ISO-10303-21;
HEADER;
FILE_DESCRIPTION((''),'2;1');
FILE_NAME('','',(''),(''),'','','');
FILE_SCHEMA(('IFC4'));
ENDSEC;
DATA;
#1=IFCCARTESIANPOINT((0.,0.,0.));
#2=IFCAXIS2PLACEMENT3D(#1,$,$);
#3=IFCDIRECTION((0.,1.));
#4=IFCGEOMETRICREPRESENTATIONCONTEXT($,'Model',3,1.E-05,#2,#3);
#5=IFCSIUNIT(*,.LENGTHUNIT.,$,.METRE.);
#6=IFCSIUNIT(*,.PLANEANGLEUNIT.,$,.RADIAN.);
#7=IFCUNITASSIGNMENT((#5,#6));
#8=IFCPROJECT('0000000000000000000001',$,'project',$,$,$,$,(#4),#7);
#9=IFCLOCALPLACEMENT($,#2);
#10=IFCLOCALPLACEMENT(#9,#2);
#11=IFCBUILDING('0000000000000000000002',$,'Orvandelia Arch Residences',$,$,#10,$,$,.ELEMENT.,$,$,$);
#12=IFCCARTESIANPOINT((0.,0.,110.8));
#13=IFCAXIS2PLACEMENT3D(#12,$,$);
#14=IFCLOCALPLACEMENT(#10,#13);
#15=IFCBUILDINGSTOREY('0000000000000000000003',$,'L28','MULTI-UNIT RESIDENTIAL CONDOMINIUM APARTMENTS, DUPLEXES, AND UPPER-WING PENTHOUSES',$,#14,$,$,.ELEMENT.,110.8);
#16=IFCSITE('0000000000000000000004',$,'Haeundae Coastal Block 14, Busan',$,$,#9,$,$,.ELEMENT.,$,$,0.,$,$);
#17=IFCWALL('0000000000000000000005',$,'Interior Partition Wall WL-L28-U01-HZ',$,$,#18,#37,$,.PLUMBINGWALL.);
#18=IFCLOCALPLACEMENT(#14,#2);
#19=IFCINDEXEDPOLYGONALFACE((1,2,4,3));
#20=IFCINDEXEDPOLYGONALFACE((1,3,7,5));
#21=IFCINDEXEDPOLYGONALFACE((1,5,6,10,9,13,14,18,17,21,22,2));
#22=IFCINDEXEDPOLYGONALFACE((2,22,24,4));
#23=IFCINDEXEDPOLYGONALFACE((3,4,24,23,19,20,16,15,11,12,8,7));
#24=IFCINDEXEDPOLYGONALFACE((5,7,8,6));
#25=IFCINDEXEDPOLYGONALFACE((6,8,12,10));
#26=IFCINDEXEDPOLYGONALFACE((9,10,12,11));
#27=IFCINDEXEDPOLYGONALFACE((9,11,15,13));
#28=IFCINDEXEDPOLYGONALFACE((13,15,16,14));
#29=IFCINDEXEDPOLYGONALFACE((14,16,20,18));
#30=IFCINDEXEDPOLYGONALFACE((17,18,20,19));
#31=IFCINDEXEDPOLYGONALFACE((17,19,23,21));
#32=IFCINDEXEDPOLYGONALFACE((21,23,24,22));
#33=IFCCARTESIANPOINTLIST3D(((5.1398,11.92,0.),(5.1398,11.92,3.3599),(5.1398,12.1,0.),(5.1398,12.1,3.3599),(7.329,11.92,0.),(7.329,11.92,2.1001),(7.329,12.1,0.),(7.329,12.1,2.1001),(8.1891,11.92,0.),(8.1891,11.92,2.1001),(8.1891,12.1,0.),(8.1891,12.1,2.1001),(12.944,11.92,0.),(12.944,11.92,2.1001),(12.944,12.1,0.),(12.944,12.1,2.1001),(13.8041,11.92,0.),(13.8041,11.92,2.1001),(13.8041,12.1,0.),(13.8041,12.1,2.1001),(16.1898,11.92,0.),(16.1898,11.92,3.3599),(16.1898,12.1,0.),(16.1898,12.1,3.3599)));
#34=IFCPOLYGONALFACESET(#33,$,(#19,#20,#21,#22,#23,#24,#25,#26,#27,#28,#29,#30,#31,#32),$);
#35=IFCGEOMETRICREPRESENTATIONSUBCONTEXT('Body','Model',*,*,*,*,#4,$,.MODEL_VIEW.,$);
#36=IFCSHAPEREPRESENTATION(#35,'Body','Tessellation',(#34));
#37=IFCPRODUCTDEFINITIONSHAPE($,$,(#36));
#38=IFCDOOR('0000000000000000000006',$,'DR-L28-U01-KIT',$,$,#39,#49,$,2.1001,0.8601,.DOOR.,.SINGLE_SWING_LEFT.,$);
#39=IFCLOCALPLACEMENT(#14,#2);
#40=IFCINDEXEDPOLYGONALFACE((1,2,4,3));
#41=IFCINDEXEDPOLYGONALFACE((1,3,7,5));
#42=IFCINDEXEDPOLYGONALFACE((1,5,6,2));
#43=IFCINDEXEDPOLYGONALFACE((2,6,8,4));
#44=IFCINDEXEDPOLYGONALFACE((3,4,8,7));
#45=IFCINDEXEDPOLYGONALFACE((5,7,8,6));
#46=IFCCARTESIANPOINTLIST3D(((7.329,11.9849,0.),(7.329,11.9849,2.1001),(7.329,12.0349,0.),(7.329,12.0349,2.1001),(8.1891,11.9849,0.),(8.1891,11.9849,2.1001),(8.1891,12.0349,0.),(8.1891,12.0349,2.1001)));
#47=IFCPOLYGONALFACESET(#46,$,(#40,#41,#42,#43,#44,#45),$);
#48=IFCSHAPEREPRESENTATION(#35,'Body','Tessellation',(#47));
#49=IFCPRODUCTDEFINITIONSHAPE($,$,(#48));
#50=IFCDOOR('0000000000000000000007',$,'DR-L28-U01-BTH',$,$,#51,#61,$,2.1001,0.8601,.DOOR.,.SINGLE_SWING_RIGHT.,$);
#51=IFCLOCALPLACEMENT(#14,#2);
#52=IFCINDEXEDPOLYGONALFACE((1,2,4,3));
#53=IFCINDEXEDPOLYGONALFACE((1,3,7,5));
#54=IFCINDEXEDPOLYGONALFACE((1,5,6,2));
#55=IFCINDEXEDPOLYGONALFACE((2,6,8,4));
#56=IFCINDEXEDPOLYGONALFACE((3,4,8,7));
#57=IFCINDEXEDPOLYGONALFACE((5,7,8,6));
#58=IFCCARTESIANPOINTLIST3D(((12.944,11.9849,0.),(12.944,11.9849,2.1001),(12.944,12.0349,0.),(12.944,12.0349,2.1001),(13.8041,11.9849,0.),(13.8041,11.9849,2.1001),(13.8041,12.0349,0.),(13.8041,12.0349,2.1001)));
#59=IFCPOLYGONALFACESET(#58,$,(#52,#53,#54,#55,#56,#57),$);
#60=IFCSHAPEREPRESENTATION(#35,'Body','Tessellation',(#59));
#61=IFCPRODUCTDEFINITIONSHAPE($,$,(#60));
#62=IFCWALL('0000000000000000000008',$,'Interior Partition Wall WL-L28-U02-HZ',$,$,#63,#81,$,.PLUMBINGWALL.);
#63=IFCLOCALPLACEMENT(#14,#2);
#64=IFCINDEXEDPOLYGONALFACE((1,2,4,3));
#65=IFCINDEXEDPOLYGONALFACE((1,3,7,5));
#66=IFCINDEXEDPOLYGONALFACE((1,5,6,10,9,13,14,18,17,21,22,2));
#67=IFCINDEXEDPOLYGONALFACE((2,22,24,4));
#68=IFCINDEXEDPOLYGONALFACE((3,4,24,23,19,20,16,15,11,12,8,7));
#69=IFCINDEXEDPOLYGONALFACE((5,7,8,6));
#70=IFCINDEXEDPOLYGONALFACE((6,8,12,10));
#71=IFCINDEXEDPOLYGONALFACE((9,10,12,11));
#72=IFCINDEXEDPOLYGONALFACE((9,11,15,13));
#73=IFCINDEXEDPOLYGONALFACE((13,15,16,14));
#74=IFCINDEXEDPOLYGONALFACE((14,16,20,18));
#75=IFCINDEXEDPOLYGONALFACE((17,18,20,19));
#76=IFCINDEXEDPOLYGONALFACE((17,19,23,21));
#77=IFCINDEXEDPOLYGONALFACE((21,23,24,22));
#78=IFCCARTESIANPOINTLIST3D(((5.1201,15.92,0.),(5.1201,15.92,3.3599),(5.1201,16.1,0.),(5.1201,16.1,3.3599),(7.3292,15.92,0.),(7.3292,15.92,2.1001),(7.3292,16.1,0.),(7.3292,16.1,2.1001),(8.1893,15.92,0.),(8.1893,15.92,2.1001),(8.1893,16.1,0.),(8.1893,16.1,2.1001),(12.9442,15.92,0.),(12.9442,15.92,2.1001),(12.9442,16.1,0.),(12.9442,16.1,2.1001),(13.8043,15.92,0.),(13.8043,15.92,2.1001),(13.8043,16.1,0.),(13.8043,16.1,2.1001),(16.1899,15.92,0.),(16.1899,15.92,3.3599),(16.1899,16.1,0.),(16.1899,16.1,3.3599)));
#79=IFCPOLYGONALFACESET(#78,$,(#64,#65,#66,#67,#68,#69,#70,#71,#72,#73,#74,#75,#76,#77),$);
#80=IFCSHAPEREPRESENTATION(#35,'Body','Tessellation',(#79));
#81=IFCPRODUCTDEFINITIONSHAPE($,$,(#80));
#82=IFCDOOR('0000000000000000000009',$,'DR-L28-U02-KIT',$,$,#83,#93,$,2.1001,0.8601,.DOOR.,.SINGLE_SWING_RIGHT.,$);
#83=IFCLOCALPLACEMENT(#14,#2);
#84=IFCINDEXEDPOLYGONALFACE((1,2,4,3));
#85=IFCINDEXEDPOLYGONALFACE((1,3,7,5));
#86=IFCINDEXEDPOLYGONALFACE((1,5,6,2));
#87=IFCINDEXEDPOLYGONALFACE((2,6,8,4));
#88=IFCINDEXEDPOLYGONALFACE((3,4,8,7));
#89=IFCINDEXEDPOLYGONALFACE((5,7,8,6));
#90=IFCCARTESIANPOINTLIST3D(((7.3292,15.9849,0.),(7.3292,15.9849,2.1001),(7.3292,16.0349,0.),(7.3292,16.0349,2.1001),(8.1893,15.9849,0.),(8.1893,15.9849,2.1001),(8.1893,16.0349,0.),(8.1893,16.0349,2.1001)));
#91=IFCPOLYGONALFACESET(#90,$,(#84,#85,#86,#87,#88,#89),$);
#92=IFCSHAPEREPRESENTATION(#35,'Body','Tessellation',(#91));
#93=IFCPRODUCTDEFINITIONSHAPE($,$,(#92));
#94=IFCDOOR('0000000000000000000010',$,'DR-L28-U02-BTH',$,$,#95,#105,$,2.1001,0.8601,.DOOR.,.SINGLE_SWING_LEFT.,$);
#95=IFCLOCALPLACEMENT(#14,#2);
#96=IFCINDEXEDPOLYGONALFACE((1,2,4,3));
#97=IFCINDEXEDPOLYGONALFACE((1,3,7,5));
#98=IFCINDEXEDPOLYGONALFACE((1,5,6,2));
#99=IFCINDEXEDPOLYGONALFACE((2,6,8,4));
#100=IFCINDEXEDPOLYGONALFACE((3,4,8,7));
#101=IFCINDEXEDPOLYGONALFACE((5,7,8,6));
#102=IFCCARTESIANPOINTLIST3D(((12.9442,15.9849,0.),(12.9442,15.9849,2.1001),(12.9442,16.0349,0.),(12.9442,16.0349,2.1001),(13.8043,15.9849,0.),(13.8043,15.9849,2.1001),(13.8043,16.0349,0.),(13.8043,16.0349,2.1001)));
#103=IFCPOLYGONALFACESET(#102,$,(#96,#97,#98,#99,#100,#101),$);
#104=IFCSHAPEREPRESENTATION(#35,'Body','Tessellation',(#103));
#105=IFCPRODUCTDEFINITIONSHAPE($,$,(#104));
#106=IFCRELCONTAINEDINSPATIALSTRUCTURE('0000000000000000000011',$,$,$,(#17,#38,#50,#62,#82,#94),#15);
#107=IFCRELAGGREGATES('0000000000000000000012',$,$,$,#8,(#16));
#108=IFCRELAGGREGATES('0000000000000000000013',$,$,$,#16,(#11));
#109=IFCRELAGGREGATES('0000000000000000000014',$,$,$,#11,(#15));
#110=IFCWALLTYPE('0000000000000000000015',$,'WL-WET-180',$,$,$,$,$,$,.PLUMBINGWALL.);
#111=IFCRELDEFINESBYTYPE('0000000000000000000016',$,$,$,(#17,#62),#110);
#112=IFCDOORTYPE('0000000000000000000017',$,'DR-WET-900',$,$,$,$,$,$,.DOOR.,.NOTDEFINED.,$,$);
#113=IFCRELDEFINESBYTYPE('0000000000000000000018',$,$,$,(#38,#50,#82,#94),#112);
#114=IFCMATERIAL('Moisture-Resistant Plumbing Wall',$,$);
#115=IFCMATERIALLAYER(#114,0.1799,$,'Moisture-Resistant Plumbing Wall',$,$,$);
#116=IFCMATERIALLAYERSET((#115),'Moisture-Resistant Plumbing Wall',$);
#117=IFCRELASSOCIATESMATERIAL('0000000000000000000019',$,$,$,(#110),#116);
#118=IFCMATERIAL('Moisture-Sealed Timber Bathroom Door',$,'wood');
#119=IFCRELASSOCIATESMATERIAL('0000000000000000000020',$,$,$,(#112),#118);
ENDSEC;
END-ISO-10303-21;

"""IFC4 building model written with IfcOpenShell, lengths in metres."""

from ifc_helpers import new_model, si_unit, direction, frame, frame_2d, origin, place, context, subcontext, project, spatial, rectangle, extrude, material, layer, layer_set, type_object, element, fill, save


model = new_model("IFC4")

# Units and contexts
model_context = context("Model", 3, precision=1e-05, world=origin(), true_north=direction((0.0, 1.0)))
body_context = subcontext(model_context, "Body", "Model", "MODEL_VIEW")
ifc_project = project(units=[si_unit("LENGTHUNIT", "METRE"), si_unit("PLANEANGLEUNIT", "RADIAN")], contexts=[model_context])

# Site, building, storey
site_placement = place(None, origin())
site = spatial("IfcSite", under=ifc_project, at=site_placement, Name="Haeundae Coastal Block 14, Busan", CompositionType="ELEMENT", RefElevation=0.0)
building_placement = place(site_placement, origin())
building = spatial("IfcBuilding", under=site, at=building_placement, Name="Orvandelia Arch Residences", CompositionType="ELEMENT")
storey_placement = place(building_placement, frame((0.0, 0.0, 110.8)))
storey = spatial("IfcBuildingStorey", under=building, at=storey_placement, Name="L28", Description="MULTI-UNIT RESIDENTIAL CONDOMINIUM APARTMENTS, DUPLEXES, AND UPPER-WING PENTHOUSES", CompositionType="ELEMENT", Elevation=110.8)

# Walls, openings, doors
ifc_material_1 = material(Name="Moisture-Resistant Plumbing Wall")
ifc_layer_1 = layer(ifc_material_1, 0.1799, Name="Moisture-Resistant Plumbing Wall")
ifc_layer_set_1 = layer_set([ifc_layer_1], Name="Moisture-Resistant Plumbing Wall")
wall_type_1 = type_object("IfcWallType", Name="WL-WET-180", PredefinedType="PLUMBINGWALL", material=ifc_layer_set_1)
wall_1_placement = place(storey_placement, frame((5.1399, 12.01, 0.0), z_axis=(0.0, 0.0, 1.0), x_axis=(1.0, 0.0, 0.0)))
wall_1 = element("IfcWall", 1, at=wall_1_placement, inside=storey, type_object=wall_type_1, Name="Interior Partition Wall WL-L28-U01-HZ", PredefinedType="PLUMBINGWALL", context=body_context, shape_type="SweptSolid", body=[
    extrude(rectangle(XDim=11.05, YDim=0.1799, at=frame_2d((5.5249, 0.0))), origin(), (0.0, 0.0, 1.0), 3.3599),
])
opening_1_placement = place(wall_1_placement, frame((2.189, 0.0, 0.0)))
opening_1 = element("IfcOpeningElement", 2, at=opening_1_placement, cuts=wall_1, PredefinedType="OPENING", context=body_context, shape_type="SweptSolid", body=[
    extrude(rectangle(XDim=0.8601, YDim=2.1001, at=frame_2d((0.4302, 1.05))), frame((0.0, 0.1001, 0.0), z_axis=(0.0, -1.0, 0.0), x_axis=(1.0, 0.0, 0.0)), (0.0, 0.0, 1.0), 0.2),
])
opening_2_placement = place(wall_1_placement, frame((7.804, 0.0, 0.0)))
opening_2 = element("IfcOpeningElement", 3, at=opening_2_placement, cuts=wall_1, PredefinedType="OPENING", context=body_context, shape_type="SweptSolid", body=[
    extrude(rectangle(XDim=0.8601, YDim=2.1001, at=frame_2d((0.4302, 1.05))), frame((0.0, 0.1001, 0.0), z_axis=(0.0, -1.0, 0.0), x_axis=(1.0, 0.0, 0.0)), (0.0, 0.0, 1.0), 0.2),
])
ifc_material_2 = material(Name="Moisture-Sealed Timber Bathroom Door", Category="wood")
door_type_1 = type_object("IfcDoorType", Name="DR-WET-900", OperationType="NOTDEFINED", PredefinedType="DOOR", material=ifc_material_2)
door_1_placement = place(opening_1_placement, origin())
door_1 = element("IfcDoor", 4, at=door_1_placement, inside=storey, type_object=door_type_1, Name="DR-L28-U01-KIT", OperationType="SINGLE_SWING_LEFT", OverallHeight=2.1001, OverallWidth=0.8601, PredefinedType="DOOR", context=body_context, shape_type="SweptSolid", body=[
    extrude(rectangle(XDim=0.8601, YDim=2.1001, at=frame_2d((0.4302, 1.05))), frame((0.0, 0.0249, 0.0), z_axis=(0.0, -1.0, 0.0), x_axis=(1.0, 0.0, 0.0)), (0.0, 0.0, 1.0), 0.05),
])
fill(opening_1, door_1)
door_2_placement = place(opening_2_placement, origin())
door_2 = element("IfcDoor", 5, at=door_2_placement, inside=storey, type_object=door_type_1, Name="DR-L28-U01-BTH", OperationType="SINGLE_SWING_RIGHT", OverallHeight=2.1001, OverallWidth=0.8601, PredefinedType="DOOR", context=body_context, shape_type="SweptSolid", body=[
    extrude(rectangle(XDim=0.8601, YDim=2.1001, at=frame_2d((0.4302, 1.05))), frame((0.0, 0.0249, 0.0), z_axis=(0.0, -1.0, 0.0), x_axis=(1.0, 0.0, 0.0)), (0.0, 0.0, 1.0), 0.05),
])
fill(opening_2, door_2)
wall_2_placement = place(storey_placement, frame((5.1201, 16.01, 0.0), z_axis=(0.0, 0.0, 1.0), x_axis=(1.0, 0.0, 0.0)))
wall_2 = element("IfcWall", 6, at=wall_2_placement, inside=storey, type_object=wall_type_1, Name="Interior Partition Wall WL-L28-U02-HZ", PredefinedType="PLUMBINGWALL", context=body_context, shape_type="SweptSolid", body=[
    extrude(rectangle(XDim=11.0698, YDim=0.1799, at=frame_2d((5.5349, 0.0))), origin(), (0.0, 0.0, 1.0), 3.3599),
])
opening_3_placement = place(wall_2_placement, frame((2.209, 0.0, 0.0)))
opening_3 = element("IfcOpeningElement", 7, at=opening_3_placement, cuts=wall_2, PredefinedType="OPENING", context=body_context, shape_type="SweptSolid", body=[
    extrude(rectangle(XDim=0.8601, YDim=2.1001, at=frame_2d((0.4302, 1.05))), frame((0.0, 0.1001, 0.0), z_axis=(0.0, -1.0, 0.0), x_axis=(1.0, 0.0, 0.0)), (0.0, 0.0, 1.0), 0.2),
])
opening_4_placement = place(wall_2_placement, frame((7.824, 0.0, 0.0)))
opening_4 = element("IfcOpeningElement", 8, at=opening_4_placement, cuts=wall_2, PredefinedType="OPENING", context=body_context, shape_type="SweptSolid", body=[
    extrude(rectangle(XDim=0.8601, YDim=2.1001, at=frame_2d((0.4302, 1.05))), frame((0.0, 0.1001, 0.0), z_axis=(0.0, -1.0, 0.0), x_axis=(1.0, 0.0, 0.0)), (0.0, 0.0, 1.0), 0.2),
])
door_3_placement = place(opening_3_placement, origin())
door_3 = element("IfcDoor", 9, at=door_3_placement, inside=storey, type_object=door_type_1, Name="DR-L28-U02-KIT", OperationType="SINGLE_SWING_RIGHT", OverallHeight=2.1001, OverallWidth=0.8601, PredefinedType="DOOR", context=body_context, shape_type="SweptSolid", body=[
    extrude(rectangle(XDim=0.8601, YDim=2.1001, at=frame_2d((0.4302, 1.05))), frame((0.0, 0.0249, 0.0), z_axis=(0.0, -1.0, 0.0), x_axis=(1.0, 0.0, 0.0)), (0.0, 0.0, 1.0), 0.05),
])
fill(opening_3, door_3)
door_4_placement = place(opening_4_placement, origin())
door_4 = element("IfcDoor", 10, at=door_4_placement, inside=storey, type_object=door_type_1, Name="DR-L28-U02-BTH", OperationType="SINGLE_SWING_LEFT", OverallHeight=2.1001, OverallWidth=0.8601, PredefinedType="DOOR", context=body_context, shape_type="SweptSolid", body=[
    extrude(rectangle(XDim=0.8601, YDim=2.1001, at=frame_2d((0.4302, 1.05))), frame((0.0, 0.0249, 0.0), z_axis=(0.0, -1.0, 0.0), x_axis=(1.0, 0.0, 0.0)), (0.0, 0.0, 1.0), 0.05),
])
fill(opening_4, door_4)

save(model, "model.ifc")
